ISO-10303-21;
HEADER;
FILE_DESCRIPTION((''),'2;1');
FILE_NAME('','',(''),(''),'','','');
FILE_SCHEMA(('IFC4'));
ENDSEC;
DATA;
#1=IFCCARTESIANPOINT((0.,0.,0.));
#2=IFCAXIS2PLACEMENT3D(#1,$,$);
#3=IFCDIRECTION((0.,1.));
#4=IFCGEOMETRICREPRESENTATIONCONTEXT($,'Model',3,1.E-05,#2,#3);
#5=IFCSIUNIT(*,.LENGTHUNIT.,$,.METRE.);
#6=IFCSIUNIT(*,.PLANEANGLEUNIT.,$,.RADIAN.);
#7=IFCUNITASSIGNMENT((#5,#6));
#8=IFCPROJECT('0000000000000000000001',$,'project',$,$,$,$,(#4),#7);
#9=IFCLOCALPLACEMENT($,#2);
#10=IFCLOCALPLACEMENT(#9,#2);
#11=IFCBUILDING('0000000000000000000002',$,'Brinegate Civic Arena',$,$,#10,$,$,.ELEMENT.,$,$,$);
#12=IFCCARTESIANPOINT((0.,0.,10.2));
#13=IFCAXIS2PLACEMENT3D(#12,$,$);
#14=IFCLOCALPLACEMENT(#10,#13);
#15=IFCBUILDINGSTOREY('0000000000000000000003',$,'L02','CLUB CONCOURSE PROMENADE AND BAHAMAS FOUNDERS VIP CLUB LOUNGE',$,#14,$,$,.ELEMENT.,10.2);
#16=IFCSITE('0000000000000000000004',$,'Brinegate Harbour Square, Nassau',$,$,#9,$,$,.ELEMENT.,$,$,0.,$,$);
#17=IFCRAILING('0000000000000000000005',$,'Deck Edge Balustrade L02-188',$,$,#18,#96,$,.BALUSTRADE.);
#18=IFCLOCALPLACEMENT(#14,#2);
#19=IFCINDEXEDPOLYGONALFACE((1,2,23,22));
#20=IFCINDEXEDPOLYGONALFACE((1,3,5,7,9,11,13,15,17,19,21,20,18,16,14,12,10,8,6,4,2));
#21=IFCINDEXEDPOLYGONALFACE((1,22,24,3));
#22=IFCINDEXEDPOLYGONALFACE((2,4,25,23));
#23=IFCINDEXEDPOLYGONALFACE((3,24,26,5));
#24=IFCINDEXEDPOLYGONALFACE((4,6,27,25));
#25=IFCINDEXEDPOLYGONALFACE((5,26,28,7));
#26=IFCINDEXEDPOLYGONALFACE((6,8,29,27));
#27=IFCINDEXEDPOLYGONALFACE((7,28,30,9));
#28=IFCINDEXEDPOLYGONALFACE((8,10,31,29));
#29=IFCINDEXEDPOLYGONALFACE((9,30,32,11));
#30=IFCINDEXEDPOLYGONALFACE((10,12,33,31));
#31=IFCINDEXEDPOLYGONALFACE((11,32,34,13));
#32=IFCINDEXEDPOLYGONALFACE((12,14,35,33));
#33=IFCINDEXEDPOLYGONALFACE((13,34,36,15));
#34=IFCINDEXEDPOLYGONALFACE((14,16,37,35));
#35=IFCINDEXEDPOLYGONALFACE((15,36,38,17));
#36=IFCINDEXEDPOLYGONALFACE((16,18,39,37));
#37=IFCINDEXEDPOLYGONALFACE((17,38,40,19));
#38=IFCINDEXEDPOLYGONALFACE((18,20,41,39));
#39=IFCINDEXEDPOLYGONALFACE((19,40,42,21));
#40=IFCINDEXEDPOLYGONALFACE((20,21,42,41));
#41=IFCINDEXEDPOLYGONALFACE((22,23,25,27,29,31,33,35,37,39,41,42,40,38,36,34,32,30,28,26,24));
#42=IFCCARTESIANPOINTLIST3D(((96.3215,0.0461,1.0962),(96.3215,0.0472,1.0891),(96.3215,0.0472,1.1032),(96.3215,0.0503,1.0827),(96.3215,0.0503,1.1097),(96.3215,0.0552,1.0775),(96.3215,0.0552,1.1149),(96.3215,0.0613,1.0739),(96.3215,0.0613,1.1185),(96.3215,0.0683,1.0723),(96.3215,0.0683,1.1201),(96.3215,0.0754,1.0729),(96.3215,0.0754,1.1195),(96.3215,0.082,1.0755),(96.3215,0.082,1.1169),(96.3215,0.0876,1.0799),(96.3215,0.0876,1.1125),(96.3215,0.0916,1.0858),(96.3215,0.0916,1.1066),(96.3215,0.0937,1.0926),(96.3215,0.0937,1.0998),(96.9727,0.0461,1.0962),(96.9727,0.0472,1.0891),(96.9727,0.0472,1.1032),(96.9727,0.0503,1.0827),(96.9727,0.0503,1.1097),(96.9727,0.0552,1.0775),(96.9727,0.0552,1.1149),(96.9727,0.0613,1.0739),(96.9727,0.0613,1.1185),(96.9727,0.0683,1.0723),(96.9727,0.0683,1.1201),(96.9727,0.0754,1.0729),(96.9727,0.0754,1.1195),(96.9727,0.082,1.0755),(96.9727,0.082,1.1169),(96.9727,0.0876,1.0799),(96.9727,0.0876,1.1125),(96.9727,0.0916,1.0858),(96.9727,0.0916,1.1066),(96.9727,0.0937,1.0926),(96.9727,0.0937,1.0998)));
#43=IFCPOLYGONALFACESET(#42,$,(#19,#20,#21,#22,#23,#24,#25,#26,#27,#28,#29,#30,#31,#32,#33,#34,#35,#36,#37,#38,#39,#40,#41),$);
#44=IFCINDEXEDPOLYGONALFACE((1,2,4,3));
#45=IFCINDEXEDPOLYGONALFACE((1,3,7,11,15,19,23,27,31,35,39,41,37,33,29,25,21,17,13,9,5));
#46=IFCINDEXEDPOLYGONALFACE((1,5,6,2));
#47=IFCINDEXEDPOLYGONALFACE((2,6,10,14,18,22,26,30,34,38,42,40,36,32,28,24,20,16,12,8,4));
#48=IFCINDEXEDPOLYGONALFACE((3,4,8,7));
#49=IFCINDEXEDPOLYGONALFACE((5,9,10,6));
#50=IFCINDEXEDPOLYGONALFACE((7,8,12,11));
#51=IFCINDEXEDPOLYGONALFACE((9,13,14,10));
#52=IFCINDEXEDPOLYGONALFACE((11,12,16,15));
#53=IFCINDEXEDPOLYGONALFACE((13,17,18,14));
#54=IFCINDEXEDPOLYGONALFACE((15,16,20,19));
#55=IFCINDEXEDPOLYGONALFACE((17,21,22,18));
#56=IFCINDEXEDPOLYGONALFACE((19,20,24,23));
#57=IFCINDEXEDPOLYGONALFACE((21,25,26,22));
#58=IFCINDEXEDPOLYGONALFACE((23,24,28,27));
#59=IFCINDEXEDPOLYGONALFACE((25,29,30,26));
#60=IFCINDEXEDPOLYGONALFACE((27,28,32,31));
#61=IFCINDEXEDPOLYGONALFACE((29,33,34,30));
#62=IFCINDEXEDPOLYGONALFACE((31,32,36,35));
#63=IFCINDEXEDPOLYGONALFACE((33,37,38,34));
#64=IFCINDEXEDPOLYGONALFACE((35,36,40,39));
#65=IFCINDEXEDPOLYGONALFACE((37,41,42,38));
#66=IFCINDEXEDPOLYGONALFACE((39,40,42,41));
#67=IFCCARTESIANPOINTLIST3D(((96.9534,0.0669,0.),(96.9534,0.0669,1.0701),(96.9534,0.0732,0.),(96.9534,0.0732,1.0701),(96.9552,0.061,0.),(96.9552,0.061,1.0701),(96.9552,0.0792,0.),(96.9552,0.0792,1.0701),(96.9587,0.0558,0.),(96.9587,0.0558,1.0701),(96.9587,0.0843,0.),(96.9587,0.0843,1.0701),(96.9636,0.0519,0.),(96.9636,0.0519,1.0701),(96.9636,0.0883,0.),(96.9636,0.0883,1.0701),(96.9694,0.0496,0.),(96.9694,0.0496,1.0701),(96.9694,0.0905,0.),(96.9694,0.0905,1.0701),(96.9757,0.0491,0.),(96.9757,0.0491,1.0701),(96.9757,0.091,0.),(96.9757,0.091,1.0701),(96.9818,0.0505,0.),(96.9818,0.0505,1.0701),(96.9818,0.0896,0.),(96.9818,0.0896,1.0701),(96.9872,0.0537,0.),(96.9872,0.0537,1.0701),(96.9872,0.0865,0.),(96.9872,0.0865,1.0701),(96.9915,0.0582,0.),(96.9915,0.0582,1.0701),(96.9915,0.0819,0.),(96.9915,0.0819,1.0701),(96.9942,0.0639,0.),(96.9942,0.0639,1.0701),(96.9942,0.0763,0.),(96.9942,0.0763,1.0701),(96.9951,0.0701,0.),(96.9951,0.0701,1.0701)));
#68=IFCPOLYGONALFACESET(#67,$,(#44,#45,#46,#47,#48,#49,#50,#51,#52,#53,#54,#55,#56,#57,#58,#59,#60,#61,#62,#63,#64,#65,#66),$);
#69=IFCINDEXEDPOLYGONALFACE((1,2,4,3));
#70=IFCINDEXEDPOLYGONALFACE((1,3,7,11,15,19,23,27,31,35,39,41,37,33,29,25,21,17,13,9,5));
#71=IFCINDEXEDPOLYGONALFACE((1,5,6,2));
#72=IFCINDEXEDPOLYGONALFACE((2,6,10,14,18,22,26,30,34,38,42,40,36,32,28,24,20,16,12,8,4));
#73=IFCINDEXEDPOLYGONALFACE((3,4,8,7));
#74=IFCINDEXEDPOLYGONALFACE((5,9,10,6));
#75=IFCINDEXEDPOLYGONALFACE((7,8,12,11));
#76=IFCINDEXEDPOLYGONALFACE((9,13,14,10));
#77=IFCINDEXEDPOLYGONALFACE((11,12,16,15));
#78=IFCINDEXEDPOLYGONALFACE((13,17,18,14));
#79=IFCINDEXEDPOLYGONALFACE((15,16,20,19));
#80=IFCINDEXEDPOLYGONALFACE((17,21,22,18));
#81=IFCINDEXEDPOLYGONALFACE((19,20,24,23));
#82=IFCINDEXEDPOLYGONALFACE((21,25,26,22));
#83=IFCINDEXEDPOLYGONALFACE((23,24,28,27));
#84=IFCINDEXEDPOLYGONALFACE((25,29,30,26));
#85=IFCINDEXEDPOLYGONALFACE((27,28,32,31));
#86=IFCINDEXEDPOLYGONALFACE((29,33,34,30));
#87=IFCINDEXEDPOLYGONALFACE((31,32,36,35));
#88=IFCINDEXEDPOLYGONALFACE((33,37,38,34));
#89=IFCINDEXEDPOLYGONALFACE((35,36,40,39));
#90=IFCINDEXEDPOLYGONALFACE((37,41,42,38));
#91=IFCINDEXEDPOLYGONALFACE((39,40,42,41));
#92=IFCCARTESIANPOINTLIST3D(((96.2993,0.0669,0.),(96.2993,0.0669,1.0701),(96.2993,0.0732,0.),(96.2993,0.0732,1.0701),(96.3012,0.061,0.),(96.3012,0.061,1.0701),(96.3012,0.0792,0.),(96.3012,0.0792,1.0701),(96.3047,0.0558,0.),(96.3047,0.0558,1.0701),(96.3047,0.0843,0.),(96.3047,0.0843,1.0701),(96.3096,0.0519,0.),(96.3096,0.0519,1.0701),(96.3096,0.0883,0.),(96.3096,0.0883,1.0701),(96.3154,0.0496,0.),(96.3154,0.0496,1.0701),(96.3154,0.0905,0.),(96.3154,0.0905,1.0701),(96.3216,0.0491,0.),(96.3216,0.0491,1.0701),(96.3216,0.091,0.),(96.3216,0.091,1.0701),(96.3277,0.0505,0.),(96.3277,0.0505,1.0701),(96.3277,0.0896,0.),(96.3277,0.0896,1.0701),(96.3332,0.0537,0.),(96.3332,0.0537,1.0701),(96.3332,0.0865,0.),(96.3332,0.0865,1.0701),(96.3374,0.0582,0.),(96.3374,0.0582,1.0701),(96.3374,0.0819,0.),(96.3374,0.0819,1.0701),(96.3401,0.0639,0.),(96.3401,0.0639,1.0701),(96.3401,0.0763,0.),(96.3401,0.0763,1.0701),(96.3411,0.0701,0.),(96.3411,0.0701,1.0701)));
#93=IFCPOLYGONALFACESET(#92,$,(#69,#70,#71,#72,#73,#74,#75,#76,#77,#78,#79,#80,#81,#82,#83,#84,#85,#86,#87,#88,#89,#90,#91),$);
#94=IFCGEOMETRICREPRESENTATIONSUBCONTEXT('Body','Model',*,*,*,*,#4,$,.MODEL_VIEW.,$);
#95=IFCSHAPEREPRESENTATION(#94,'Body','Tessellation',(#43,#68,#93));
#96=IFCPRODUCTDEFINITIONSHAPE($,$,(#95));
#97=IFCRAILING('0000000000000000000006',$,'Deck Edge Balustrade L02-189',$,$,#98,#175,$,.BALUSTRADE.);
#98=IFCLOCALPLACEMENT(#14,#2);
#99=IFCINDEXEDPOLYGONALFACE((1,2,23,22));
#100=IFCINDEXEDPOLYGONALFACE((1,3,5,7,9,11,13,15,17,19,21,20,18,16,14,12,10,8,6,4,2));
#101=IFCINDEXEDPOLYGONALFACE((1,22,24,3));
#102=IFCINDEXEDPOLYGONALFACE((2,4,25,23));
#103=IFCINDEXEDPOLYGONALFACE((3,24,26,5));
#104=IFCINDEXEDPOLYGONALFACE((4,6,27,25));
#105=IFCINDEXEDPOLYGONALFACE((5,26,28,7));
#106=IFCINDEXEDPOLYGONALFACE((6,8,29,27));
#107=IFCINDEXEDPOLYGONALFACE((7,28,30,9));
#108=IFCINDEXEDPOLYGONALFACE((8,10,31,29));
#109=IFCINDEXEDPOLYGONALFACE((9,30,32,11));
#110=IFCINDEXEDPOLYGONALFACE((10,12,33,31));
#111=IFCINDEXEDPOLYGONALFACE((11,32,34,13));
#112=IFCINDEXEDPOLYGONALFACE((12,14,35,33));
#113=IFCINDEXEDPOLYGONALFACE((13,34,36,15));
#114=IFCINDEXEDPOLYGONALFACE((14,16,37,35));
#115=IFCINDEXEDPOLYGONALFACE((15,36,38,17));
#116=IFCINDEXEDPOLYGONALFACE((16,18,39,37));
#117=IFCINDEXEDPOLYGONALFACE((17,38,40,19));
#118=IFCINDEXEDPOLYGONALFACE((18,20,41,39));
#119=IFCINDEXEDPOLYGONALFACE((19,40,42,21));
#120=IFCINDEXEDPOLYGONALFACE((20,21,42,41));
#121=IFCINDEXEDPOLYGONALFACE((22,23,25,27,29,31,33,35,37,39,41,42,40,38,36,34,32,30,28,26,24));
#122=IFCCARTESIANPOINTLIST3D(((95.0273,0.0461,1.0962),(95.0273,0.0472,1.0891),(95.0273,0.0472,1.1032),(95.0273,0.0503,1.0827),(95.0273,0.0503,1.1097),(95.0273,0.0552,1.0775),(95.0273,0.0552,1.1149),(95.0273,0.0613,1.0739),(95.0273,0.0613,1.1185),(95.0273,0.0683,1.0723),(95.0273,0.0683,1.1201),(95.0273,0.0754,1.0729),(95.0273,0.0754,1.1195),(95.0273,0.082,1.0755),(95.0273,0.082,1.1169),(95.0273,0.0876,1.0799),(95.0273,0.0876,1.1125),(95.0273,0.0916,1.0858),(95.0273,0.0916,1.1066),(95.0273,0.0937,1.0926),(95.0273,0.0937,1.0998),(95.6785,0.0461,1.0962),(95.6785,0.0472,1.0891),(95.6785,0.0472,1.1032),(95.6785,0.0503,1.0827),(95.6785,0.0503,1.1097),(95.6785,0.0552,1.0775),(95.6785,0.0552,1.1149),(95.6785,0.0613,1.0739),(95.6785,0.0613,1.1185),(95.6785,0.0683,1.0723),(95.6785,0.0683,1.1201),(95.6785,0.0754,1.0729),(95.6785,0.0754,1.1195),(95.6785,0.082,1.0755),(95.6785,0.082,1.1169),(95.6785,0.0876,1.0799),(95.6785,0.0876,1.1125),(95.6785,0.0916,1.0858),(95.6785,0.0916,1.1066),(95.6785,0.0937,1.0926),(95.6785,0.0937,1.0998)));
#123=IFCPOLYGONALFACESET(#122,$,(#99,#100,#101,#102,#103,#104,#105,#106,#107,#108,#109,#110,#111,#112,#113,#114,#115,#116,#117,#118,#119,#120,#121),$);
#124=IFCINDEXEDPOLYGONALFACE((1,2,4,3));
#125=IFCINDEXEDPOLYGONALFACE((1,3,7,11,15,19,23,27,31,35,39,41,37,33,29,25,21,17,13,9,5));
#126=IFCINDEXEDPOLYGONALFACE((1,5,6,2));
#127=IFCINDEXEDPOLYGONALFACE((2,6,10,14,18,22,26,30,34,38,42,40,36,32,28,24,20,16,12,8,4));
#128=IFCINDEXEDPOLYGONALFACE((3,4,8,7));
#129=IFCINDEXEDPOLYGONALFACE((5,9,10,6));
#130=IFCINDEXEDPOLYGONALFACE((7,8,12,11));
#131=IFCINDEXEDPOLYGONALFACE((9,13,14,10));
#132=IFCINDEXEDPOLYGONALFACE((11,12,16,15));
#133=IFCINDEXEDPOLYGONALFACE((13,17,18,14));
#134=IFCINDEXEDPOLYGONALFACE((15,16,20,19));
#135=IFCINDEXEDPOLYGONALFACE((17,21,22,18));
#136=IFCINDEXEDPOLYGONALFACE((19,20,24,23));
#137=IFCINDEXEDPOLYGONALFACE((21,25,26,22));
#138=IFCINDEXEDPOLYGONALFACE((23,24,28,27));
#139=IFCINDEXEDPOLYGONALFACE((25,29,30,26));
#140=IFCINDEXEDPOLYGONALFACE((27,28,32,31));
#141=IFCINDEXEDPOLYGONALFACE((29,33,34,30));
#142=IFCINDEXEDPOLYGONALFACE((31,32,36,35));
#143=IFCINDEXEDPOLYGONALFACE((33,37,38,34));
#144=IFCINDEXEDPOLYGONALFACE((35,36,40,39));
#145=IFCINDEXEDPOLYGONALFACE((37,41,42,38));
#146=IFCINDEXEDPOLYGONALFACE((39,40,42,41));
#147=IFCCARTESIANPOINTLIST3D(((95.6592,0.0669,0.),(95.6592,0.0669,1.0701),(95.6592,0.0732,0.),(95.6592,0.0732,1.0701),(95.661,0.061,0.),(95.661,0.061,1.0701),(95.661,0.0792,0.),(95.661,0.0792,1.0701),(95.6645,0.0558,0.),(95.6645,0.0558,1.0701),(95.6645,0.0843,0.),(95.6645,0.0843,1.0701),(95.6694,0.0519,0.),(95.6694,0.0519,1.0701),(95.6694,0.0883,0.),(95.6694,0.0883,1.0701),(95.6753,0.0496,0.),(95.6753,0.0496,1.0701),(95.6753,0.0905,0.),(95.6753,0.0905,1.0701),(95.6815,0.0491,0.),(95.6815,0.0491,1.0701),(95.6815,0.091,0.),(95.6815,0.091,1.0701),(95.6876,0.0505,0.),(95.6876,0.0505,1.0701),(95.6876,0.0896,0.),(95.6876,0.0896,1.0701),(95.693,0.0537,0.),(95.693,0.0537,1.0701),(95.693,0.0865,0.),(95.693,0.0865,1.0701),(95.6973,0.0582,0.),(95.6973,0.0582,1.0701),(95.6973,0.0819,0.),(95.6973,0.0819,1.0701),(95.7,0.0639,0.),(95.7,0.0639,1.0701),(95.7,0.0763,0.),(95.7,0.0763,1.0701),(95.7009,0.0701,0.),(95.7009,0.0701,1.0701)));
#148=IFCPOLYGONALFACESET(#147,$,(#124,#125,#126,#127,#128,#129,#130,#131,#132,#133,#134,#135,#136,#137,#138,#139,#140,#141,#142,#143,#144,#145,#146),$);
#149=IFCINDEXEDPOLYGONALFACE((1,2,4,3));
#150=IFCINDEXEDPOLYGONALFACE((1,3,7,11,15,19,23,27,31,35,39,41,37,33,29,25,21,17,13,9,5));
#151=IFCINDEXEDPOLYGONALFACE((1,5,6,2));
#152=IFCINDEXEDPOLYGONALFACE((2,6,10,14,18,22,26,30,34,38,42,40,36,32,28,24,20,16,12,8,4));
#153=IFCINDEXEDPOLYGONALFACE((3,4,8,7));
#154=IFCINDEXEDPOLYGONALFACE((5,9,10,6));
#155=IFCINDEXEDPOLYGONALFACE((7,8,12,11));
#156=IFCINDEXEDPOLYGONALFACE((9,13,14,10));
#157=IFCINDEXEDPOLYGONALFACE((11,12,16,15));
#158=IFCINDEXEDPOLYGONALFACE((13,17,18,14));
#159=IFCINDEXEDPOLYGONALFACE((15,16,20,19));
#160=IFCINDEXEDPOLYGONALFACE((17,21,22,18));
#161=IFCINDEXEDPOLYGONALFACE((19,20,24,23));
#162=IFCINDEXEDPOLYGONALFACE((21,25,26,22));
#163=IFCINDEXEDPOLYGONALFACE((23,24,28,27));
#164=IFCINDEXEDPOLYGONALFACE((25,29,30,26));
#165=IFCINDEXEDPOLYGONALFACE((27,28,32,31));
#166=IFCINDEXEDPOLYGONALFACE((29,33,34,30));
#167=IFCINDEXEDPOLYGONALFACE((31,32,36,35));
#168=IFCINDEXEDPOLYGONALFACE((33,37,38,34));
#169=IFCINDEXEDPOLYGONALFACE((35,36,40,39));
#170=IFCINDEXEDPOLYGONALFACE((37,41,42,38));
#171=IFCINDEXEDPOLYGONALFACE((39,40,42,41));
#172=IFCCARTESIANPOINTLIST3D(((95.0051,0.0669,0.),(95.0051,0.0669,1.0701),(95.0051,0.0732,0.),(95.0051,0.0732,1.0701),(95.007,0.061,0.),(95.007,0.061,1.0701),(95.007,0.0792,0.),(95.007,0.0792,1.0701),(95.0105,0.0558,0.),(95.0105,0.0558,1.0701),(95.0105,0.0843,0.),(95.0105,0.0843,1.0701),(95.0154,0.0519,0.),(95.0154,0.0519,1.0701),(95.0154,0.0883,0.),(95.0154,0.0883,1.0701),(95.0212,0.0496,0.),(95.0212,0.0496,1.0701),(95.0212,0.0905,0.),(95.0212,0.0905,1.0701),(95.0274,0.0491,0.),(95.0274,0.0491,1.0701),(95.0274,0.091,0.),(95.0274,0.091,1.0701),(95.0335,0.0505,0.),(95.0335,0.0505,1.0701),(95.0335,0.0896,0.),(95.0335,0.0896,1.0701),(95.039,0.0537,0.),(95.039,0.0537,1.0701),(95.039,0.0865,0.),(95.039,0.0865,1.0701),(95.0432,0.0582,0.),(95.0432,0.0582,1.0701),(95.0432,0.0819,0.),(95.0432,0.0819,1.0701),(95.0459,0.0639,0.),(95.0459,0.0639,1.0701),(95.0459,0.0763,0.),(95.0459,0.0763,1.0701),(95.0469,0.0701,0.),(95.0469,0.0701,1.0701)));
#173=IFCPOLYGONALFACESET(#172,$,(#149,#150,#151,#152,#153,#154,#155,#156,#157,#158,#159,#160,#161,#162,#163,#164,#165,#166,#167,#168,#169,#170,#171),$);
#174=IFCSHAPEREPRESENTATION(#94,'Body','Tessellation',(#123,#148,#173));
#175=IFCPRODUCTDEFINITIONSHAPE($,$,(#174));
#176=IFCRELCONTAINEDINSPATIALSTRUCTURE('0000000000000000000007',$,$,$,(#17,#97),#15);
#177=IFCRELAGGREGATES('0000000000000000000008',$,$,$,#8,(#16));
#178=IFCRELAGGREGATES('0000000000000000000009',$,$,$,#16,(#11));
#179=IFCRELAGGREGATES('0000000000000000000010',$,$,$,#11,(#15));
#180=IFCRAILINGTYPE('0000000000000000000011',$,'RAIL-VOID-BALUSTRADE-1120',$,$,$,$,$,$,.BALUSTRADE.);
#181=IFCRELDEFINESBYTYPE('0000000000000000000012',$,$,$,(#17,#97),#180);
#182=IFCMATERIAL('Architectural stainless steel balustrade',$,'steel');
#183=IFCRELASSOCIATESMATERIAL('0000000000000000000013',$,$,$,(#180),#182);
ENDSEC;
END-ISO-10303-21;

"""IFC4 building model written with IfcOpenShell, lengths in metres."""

from ifc_helpers import new_model, si_unit, direction, frame, origin, origin_2d, place, context, subcontext, project, spatial, circle, extrude, material, type_object, element, save


model = new_model("IFC4")

# Units and contexts
model_context = context("Model", 3, precision=1e-05, world=origin(), true_north=direction((0.0, 1.0)))
body_context = subcontext(model_context, "Body", "Model", "MODEL_VIEW")
ifc_project = project(units=[si_unit("LENGTHUNIT", "METRE"), si_unit("PLANEANGLEUNIT", "RADIAN")], contexts=[model_context])

# Site, building, storey
site_placement = place(None, origin())
site = spatial("IfcSite", under=ifc_project, at=site_placement, Name="Brinegate Harbour Square, Nassau", CompositionType="ELEMENT", RefElevation=0.0)
building_placement = place(site_placement, origin())
building = spatial("IfcBuilding", under=site, at=building_placement, Name="Brinegate Civic Arena", CompositionType="ELEMENT")
storey_placement = place(building_placement, frame((0.0, 0.0, 10.2)))
storey = spatial("IfcBuildingStorey", under=building, at=storey_placement, Name="L02", Description="CLUB CONCOURSE PROMENADE AND BAHAMAS FOUNDERS VIP CLUB LOUNGE", CompositionType="ELEMENT", Elevation=10.2)

# Railings
ifc_material_1 = material(Name="Architectural stainless steel balustrade", Category="steel")
railing_type = type_object("IfcRailingType", Name="RAIL-VOID-BALUSTRADE-1120", PredefinedType="BALUSTRADE", material=ifc_material_1)
for number, where, name in (
    (1, (96.9741, 0.0701, 0.0), "Deck Edge Balustrade L02-188"),
    (2, (95.6799, 0.0701, 0.0), "Deck Edge Balustrade L02-189"),
):
    element("IfcRailing", number, at=place(storey_placement, frame(where)), inside=storey, type_object=railing_type, Name=name, PredefinedType="BALUSTRADE", context=body_context, shape_type="SweptSolid", body=[
        extrude(circle(Radius=0.0239, at=origin_2d()), frame((-0.0015, 0.0, 1.0962), z_axis=(-1.0, 0.0, 0.0), x_axis=(0.0, -1.0, 0.0)), (0.0, 0.0, 1.0), 0.6511),
        extrude(circle(Radius=0.021, at=origin_2d()), origin(), (0.0, 0.0, 1.0), 1.0701),
        extrude(circle(Radius=0.021, at=origin_2d()), frame((-0.6541, 0.0, 0.0)), (0.0, 0.0, 1.0), 1.0701),
    ])

save(model, "model.ifc")
